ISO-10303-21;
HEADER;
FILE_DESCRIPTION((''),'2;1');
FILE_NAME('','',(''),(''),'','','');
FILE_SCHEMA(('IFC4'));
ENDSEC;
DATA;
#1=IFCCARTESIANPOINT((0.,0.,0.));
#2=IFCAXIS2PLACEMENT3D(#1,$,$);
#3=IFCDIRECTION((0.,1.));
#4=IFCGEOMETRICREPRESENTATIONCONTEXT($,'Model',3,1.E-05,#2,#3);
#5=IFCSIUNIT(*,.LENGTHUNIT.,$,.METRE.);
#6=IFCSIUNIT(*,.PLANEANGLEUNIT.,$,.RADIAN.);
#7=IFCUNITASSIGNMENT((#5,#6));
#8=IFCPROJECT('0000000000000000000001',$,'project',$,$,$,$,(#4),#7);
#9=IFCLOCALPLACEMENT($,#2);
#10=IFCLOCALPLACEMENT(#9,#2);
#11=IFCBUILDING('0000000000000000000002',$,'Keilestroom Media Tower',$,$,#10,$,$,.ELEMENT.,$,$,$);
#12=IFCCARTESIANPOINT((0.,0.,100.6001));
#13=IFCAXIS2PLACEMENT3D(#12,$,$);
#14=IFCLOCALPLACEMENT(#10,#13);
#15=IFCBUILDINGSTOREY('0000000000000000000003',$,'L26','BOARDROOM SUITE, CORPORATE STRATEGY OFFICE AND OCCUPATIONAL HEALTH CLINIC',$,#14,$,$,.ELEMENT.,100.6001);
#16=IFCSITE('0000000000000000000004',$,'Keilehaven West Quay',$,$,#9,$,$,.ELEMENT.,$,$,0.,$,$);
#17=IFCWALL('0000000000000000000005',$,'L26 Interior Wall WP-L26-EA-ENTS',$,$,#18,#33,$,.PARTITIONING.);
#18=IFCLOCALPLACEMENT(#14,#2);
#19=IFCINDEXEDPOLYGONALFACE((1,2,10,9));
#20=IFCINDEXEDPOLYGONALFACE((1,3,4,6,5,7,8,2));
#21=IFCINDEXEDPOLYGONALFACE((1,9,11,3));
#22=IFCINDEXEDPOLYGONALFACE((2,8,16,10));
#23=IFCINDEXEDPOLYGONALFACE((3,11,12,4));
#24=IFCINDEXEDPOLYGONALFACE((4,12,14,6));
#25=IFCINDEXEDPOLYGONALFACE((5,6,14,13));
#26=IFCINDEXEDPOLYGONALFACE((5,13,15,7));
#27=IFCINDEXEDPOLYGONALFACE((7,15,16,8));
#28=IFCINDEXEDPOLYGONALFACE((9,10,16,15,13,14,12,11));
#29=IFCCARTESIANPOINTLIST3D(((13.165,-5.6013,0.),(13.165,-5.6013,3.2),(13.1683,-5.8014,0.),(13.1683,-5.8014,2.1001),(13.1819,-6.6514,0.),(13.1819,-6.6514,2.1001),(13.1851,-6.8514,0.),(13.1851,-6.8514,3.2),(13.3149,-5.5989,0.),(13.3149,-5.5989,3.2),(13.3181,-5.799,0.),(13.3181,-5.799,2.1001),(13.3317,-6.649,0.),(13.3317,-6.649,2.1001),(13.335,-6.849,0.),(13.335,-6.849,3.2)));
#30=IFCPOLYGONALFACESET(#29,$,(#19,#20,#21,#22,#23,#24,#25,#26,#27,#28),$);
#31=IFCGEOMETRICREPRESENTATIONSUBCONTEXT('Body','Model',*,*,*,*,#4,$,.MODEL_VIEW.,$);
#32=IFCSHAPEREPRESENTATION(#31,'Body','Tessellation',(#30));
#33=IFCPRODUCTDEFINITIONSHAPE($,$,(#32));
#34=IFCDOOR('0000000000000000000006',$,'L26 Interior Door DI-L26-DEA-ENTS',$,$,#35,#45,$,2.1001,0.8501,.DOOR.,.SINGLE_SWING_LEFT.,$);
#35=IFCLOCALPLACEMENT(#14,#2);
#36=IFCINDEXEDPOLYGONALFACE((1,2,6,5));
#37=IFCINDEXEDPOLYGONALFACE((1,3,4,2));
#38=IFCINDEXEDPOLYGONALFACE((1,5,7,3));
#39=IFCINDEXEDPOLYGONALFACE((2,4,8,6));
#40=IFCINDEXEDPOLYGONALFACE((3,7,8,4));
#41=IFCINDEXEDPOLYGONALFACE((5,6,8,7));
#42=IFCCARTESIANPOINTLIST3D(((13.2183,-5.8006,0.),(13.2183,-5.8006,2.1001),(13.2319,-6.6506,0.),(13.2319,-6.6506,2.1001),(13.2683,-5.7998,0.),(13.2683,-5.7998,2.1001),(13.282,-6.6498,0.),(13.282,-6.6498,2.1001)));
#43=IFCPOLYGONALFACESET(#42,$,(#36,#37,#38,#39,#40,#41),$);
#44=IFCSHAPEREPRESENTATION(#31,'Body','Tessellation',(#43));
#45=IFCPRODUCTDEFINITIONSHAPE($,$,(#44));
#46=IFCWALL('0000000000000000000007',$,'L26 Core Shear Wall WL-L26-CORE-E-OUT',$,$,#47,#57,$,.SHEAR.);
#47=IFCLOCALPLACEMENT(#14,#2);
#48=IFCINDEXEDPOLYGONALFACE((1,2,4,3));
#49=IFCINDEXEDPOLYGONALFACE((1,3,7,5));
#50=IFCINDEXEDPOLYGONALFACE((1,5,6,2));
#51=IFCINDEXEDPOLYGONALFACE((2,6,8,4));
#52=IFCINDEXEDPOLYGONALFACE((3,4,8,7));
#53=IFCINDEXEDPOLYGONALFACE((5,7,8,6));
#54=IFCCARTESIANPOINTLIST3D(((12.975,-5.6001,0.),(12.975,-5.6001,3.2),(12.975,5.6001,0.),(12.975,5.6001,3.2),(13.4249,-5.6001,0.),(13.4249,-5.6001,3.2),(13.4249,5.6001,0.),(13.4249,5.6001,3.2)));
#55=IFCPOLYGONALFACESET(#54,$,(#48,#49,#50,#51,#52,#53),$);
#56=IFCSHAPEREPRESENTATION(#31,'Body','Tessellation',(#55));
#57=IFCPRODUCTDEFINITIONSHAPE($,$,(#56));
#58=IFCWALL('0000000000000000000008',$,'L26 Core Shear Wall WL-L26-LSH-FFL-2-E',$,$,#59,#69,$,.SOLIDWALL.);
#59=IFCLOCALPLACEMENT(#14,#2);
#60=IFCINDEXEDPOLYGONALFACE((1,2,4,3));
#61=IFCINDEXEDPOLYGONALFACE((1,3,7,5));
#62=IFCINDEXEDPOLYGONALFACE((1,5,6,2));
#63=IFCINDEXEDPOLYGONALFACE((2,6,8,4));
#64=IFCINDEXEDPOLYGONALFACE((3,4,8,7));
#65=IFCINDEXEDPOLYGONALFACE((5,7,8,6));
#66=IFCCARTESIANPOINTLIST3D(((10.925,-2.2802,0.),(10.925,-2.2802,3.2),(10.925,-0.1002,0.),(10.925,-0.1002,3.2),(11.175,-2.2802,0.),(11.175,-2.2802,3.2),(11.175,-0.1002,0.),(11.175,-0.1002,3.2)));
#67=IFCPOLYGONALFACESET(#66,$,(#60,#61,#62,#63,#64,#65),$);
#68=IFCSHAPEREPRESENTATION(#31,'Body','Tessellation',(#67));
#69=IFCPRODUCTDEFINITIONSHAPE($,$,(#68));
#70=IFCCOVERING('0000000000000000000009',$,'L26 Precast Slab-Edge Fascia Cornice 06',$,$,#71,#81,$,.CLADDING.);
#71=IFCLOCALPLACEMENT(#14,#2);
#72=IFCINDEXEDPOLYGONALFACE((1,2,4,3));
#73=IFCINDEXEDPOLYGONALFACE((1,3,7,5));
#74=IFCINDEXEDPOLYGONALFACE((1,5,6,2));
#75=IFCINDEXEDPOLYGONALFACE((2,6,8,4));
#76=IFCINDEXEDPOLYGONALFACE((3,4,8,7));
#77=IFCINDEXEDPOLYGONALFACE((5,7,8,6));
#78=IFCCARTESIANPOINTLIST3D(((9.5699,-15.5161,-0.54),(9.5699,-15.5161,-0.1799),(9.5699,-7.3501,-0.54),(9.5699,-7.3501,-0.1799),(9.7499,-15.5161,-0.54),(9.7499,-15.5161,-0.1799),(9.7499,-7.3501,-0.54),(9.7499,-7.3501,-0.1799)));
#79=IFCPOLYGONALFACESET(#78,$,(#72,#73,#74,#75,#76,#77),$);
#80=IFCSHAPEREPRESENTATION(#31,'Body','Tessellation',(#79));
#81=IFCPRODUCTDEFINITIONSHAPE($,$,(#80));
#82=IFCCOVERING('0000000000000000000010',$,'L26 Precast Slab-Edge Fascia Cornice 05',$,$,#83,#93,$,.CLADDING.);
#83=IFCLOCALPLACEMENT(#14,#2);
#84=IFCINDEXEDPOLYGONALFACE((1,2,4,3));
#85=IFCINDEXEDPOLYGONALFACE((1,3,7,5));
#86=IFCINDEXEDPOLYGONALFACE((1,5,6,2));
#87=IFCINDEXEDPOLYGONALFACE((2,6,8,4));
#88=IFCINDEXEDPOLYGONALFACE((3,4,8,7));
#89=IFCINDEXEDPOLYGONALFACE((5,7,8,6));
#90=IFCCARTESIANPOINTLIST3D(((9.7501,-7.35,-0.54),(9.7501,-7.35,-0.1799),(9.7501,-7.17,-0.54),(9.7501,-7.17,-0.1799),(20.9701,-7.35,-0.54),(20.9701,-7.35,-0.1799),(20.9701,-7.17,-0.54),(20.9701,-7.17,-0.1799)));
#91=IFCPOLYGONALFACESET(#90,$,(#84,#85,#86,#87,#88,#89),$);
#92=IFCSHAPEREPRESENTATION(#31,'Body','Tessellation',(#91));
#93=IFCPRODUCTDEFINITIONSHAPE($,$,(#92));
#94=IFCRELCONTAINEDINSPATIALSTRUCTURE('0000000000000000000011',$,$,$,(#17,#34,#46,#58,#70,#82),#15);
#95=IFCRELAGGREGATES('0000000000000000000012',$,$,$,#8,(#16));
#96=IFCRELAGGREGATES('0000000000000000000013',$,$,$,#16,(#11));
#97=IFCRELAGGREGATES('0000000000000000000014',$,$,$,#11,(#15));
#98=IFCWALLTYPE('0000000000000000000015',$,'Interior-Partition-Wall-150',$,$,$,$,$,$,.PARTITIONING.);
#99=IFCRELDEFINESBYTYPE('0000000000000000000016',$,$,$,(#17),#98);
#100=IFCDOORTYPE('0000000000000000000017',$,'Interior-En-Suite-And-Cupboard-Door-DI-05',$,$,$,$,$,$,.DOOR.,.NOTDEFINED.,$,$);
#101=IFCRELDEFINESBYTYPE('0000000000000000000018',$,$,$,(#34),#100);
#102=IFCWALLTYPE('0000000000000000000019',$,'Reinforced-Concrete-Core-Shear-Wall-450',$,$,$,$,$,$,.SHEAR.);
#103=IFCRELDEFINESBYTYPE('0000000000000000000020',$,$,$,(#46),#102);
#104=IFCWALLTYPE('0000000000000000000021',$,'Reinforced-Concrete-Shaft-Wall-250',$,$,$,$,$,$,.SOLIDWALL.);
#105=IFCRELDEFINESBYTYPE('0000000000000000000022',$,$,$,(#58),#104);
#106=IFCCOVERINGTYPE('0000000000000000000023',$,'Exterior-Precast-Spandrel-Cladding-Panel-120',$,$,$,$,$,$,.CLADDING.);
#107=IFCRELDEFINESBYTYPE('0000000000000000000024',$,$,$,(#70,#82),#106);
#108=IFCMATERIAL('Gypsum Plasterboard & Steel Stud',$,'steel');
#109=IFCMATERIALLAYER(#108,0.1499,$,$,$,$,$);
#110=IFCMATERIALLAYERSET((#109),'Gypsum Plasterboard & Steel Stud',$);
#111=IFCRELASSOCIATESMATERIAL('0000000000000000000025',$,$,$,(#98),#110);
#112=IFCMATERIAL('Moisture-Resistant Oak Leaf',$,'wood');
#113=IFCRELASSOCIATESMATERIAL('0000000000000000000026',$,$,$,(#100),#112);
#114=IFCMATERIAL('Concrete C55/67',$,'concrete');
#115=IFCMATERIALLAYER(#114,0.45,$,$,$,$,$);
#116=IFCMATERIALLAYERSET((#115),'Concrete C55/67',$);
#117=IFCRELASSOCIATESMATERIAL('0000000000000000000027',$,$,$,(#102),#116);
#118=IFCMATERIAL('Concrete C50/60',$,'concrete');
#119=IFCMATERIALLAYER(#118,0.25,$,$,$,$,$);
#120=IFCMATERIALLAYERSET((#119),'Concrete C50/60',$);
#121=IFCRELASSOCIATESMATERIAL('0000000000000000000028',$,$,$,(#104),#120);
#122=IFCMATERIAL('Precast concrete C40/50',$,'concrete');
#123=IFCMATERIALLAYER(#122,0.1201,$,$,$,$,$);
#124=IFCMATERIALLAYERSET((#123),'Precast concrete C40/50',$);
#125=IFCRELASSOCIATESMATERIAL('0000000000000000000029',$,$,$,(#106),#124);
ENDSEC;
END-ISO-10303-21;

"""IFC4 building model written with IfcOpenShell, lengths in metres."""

from ifc_helpers import new_model, si_unit, direction, frame, frame_2d, origin, origin_2d, place, context, subcontext, project, spatial, rectangle, extrude, source, transform, mapped, material, layer, layer_set, type_object, element, fill, save


model = new_model("IFC4")

# Units and contexts
model_context = context("Model", 3, precision=1e-05, world=origin(), true_north=direction((0.0, 1.0)))
body_context = subcontext(model_context, "Body", "Model", "MODEL_VIEW")
ifc_project = project(units=[si_unit("LENGTHUNIT", "METRE"), si_unit("PLANEANGLEUNIT", "RADIAN")], contexts=[model_context])

# Site, building, storey
site_placement = place(None, origin())
site = spatial("IfcSite", under=ifc_project, at=site_placement, Name="Keilehaven West Quay", CompositionType="ELEMENT", RefElevation=0.0)
building_placement = place(site_placement, origin())
building = spatial("IfcBuilding", under=site, at=building_placement, Name="Keilestroom Media Tower", CompositionType="ELEMENT")
storey_placement = place(building_placement, frame((0.0, 0.0, 100.6001)))
storey = spatial("IfcBuildingStorey", under=building, at=storey_placement, Name="L26", Description="BOARDROOM SUITE, CORPORATE STRATEGY OFFICE AND OCCUPATIONAL HEALTH CLINIC", CompositionType="ELEMENT", Elevation=100.6001)

# Shared definitions
ifc_material_1 = material(Name="Precast concrete C40/50", Category="concrete")
ifc_material_2 = material(Name="Concrete C55/67", Category="concrete")

# Wall, opening, door
ifc_material_3 = material(Name="Gypsum Plasterboard & Steel Stud", Category="steel")
ifc_layer_1 = layer(ifc_material_3, 0.1499)
ifc_layer_set_1 = layer_set([ifc_layer_1], Name="Gypsum Plasterboard & Steel Stud")
wall_type_1 = type_object("IfcWallType", Name="Interior-Partition-Wall-150", PredefinedType="PARTITIONING", material=ifc_layer_set_1)
wall_1_placement = place(storey_placement, frame((13.26, -6.8501, 0.0), z_axis=(0.0, 0.0, 1.0), x_axis=(-0.016014, 0.999872, 0.0)))
wall_1 = element("IfcWall", 1, at=wall_1_placement, inside=storey, type_object=wall_type_1, Name="L26 Interior Wall WP-L26-EA-ENTS", PredefinedType="PARTITIONING", context=body_context, shape_type="SweptSolid", body=[
    extrude(rectangle(XDim=1.2502, YDim=0.1499, at=frame_2d((0.625, 0.0))), origin(), (0.0, 0.0, 1.0), 3.2),
])
opening_1_placement = place(wall_1_placement, frame((0.2, 0.0, 0.0)))
opening_1 = element("IfcOpeningElement", 2, at=opening_1_placement, cuts=wall_1, PredefinedType="OPENING", context=body_context, shape_type="SweptSolid", body=[
    extrude(rectangle(XDim=0.8501, YDim=2.1001, at=frame_2d((0.425, 1.05))), frame((0.0, 0.085, 0.0), z_axis=(0.0, -1.0, 0.0), x_axis=(1.0, 0.0, 0.0)), (0.0, 0.0, 1.0), 0.1699),
])
ifc_material_4 = material(Name="Moisture-Resistant Oak Leaf", Category="wood")
door_type_1 = type_object("IfcDoorType", Name="Interior-En-Suite-And-Cupboard-Door-DI-05", OperationType="NOTDEFINED", PredefinedType="DOOR", material=ifc_material_4)
shared_shape_1 = source(origin(), body_context, "Body", "SweptSolid", [
    extrude(rectangle(XDim=0.8501, YDim=2.1001, at=frame_2d((0.425, 1.05))), frame((0.0, 0.0249, 0.0), z_axis=(0.0, -1.0, 0.0), x_axis=(1.0, 0.0, 0.0)), (0.0, 0.0, 1.0), 0.05),
])
door_1_placement = place(opening_1_placement, origin())
door_1 = element("IfcDoor", 3, at=door_1_placement, inside=storey, type_object=door_type_1, Name="L26 Interior Door DI-L26-DEA-ENTS", OperationType="SINGLE_SWING_LEFT", OverallHeight=2.1001, OverallWidth=0.8501, PredefinedType="DOOR", context=body_context, shape_type="MappedRepresentation", body=[
    mapped(shared_shape_1, transform((0.0, 0.0, 0.0), x_axis=(1.0, 0.0, 0.0), y_axis=(0.0, 1.0, 0.0), z_axis=(0.0, 0.0, 1.0), scale=1.0)),
])
fill(opening_1, door_1)

# Walls
ifc_layer_2 = layer(ifc_material_2, 0.45)
ifc_layer_set_2 = layer_set([ifc_layer_2], Name="Concrete C55/67")
wall_type_2 = type_object("IfcWallType", Name="Reinforced-Concrete-Core-Shear-Wall-450", PredefinedType="SHEAR", material=ifc_layer_set_2)
wall_2_placement = place(storey_placement, frame((13.2, -5.6001, 0.0), z_axis=(0.0, 0.0, 1.0), x_axis=(0.0, 1.0, 0.0)))
element("IfcWall", 4, at=wall_2_placement, inside=storey, type_object=wall_type_2, Name="L26 Core Shear Wall WL-L26-CORE-E-OUT", PredefinedType="SHEAR", context=body_context, shape_type="SweptSolid", body=[
    extrude(rectangle(XDim=11.2002, YDim=0.45, at=frame_2d((5.6001, 0.0))), origin(), (0.0, 0.0, 1.0), 3.2),
])
ifc_material_5 = material(Name="Concrete C50/60", Category="concrete")
ifc_layer_3 = layer(ifc_material_5, 0.25)
ifc_layer_set_3 = layer_set([ifc_layer_3], Name="Concrete C50/60")
wall_type_3 = type_object("IfcWallType", Name="Reinforced-Concrete-Shaft-Wall-250", PredefinedType="SOLIDWALL", material=ifc_layer_set_3)
wall_3_placement = place(storey_placement, frame((11.05, -2.28, 0.0), z_axis=(0.0, 0.0, 1.0), x_axis=(0.0, 1.0, 0.0)))
element("IfcWall", 5, at=wall_3_placement, inside=storey, type_object=wall_type_3, Name="L26 Core Shear Wall WL-L26-LSH-FFL-2-E", PredefinedType="SOLIDWALL", context=body_context, shape_type="SweptSolid", body=[
    extrude(rectangle(XDim=2.1799, YDim=0.25, at=frame_2d((1.0898, 0.0))), origin(), (0.0, 0.0, 1.0), 3.2),
])

# Coverings
ifc_layer_4 = layer(ifc_material_1, 0.1201)
ifc_layer_set_4 = layer_set([ifc_layer_4], Name="Precast concrete C40/50")
covering_type = type_object("IfcCoveringType", Name="Exterior-Precast-Spandrel-Cladding-Panel-120", PredefinedType="CLADDING", material=ifc_layer_set_4)
shared_shape_2 = source(origin(), body_context, "Body", "SweptSolid", [
    extrude(rectangle(XDim=8.166, YDim=0.1799, at=origin_2d()), origin(), (0.0, 0.0, 1.0), 0.3601),
])
covering_1_placement = place(storey_placement, frame((9.6599, -11.4331, -0.54), z_axis=(0.0, 0.0, 1.0), x_axis=(0.0, -1.0, 0.0)))
element("IfcCovering", 6, at=covering_1_placement, inside=storey, type_object=covering_type, Name="L26 Precast Slab-Edge Fascia Cornice 06", PredefinedType="CLADDING", context=body_context, shape_type="MappedRepresentation", body=[
    mapped(shared_shape_2, transform((0.0, 0.0, 0.0), x_axis=(1.0, 0.0, 0.0), y_axis=(0.0, 1.0, 0.0), z_axis=(0.0, 0.0, 1.0), scale=1.0)),
])
shared_shape_3 = source(origin(), body_context, "Body", "SweptSolid", [
    extrude(rectangle(XDim=11.22, YDim=0.1799, at=origin_2d()), origin(), (0.0, 0.0, 1.0), 0.3601),
])
covering_2_placement = place(storey_placement, frame((15.3601, -7.26, -0.54), z_axis=(0.0, 0.0, 1.0), x_axis=(-1.0, 0.0, 0.0)))
element("IfcCovering", 7, at=covering_2_placement, inside=storey, type_object=covering_type, Name="L26 Precast Slab-Edge Fascia Cornice 05", PredefinedType="CLADDING", context=body_context, shape_type="MappedRepresentation", body=[
    mapped(shared_shape_3, transform((0.0, 0.0, 0.0), x_axis=(1.0, 0.0, 0.0), y_axis=(0.0, 1.0, 0.0), z_axis=(0.0, 0.0, 1.0), scale=1.0)),
])

save(model, "model.ifc")
